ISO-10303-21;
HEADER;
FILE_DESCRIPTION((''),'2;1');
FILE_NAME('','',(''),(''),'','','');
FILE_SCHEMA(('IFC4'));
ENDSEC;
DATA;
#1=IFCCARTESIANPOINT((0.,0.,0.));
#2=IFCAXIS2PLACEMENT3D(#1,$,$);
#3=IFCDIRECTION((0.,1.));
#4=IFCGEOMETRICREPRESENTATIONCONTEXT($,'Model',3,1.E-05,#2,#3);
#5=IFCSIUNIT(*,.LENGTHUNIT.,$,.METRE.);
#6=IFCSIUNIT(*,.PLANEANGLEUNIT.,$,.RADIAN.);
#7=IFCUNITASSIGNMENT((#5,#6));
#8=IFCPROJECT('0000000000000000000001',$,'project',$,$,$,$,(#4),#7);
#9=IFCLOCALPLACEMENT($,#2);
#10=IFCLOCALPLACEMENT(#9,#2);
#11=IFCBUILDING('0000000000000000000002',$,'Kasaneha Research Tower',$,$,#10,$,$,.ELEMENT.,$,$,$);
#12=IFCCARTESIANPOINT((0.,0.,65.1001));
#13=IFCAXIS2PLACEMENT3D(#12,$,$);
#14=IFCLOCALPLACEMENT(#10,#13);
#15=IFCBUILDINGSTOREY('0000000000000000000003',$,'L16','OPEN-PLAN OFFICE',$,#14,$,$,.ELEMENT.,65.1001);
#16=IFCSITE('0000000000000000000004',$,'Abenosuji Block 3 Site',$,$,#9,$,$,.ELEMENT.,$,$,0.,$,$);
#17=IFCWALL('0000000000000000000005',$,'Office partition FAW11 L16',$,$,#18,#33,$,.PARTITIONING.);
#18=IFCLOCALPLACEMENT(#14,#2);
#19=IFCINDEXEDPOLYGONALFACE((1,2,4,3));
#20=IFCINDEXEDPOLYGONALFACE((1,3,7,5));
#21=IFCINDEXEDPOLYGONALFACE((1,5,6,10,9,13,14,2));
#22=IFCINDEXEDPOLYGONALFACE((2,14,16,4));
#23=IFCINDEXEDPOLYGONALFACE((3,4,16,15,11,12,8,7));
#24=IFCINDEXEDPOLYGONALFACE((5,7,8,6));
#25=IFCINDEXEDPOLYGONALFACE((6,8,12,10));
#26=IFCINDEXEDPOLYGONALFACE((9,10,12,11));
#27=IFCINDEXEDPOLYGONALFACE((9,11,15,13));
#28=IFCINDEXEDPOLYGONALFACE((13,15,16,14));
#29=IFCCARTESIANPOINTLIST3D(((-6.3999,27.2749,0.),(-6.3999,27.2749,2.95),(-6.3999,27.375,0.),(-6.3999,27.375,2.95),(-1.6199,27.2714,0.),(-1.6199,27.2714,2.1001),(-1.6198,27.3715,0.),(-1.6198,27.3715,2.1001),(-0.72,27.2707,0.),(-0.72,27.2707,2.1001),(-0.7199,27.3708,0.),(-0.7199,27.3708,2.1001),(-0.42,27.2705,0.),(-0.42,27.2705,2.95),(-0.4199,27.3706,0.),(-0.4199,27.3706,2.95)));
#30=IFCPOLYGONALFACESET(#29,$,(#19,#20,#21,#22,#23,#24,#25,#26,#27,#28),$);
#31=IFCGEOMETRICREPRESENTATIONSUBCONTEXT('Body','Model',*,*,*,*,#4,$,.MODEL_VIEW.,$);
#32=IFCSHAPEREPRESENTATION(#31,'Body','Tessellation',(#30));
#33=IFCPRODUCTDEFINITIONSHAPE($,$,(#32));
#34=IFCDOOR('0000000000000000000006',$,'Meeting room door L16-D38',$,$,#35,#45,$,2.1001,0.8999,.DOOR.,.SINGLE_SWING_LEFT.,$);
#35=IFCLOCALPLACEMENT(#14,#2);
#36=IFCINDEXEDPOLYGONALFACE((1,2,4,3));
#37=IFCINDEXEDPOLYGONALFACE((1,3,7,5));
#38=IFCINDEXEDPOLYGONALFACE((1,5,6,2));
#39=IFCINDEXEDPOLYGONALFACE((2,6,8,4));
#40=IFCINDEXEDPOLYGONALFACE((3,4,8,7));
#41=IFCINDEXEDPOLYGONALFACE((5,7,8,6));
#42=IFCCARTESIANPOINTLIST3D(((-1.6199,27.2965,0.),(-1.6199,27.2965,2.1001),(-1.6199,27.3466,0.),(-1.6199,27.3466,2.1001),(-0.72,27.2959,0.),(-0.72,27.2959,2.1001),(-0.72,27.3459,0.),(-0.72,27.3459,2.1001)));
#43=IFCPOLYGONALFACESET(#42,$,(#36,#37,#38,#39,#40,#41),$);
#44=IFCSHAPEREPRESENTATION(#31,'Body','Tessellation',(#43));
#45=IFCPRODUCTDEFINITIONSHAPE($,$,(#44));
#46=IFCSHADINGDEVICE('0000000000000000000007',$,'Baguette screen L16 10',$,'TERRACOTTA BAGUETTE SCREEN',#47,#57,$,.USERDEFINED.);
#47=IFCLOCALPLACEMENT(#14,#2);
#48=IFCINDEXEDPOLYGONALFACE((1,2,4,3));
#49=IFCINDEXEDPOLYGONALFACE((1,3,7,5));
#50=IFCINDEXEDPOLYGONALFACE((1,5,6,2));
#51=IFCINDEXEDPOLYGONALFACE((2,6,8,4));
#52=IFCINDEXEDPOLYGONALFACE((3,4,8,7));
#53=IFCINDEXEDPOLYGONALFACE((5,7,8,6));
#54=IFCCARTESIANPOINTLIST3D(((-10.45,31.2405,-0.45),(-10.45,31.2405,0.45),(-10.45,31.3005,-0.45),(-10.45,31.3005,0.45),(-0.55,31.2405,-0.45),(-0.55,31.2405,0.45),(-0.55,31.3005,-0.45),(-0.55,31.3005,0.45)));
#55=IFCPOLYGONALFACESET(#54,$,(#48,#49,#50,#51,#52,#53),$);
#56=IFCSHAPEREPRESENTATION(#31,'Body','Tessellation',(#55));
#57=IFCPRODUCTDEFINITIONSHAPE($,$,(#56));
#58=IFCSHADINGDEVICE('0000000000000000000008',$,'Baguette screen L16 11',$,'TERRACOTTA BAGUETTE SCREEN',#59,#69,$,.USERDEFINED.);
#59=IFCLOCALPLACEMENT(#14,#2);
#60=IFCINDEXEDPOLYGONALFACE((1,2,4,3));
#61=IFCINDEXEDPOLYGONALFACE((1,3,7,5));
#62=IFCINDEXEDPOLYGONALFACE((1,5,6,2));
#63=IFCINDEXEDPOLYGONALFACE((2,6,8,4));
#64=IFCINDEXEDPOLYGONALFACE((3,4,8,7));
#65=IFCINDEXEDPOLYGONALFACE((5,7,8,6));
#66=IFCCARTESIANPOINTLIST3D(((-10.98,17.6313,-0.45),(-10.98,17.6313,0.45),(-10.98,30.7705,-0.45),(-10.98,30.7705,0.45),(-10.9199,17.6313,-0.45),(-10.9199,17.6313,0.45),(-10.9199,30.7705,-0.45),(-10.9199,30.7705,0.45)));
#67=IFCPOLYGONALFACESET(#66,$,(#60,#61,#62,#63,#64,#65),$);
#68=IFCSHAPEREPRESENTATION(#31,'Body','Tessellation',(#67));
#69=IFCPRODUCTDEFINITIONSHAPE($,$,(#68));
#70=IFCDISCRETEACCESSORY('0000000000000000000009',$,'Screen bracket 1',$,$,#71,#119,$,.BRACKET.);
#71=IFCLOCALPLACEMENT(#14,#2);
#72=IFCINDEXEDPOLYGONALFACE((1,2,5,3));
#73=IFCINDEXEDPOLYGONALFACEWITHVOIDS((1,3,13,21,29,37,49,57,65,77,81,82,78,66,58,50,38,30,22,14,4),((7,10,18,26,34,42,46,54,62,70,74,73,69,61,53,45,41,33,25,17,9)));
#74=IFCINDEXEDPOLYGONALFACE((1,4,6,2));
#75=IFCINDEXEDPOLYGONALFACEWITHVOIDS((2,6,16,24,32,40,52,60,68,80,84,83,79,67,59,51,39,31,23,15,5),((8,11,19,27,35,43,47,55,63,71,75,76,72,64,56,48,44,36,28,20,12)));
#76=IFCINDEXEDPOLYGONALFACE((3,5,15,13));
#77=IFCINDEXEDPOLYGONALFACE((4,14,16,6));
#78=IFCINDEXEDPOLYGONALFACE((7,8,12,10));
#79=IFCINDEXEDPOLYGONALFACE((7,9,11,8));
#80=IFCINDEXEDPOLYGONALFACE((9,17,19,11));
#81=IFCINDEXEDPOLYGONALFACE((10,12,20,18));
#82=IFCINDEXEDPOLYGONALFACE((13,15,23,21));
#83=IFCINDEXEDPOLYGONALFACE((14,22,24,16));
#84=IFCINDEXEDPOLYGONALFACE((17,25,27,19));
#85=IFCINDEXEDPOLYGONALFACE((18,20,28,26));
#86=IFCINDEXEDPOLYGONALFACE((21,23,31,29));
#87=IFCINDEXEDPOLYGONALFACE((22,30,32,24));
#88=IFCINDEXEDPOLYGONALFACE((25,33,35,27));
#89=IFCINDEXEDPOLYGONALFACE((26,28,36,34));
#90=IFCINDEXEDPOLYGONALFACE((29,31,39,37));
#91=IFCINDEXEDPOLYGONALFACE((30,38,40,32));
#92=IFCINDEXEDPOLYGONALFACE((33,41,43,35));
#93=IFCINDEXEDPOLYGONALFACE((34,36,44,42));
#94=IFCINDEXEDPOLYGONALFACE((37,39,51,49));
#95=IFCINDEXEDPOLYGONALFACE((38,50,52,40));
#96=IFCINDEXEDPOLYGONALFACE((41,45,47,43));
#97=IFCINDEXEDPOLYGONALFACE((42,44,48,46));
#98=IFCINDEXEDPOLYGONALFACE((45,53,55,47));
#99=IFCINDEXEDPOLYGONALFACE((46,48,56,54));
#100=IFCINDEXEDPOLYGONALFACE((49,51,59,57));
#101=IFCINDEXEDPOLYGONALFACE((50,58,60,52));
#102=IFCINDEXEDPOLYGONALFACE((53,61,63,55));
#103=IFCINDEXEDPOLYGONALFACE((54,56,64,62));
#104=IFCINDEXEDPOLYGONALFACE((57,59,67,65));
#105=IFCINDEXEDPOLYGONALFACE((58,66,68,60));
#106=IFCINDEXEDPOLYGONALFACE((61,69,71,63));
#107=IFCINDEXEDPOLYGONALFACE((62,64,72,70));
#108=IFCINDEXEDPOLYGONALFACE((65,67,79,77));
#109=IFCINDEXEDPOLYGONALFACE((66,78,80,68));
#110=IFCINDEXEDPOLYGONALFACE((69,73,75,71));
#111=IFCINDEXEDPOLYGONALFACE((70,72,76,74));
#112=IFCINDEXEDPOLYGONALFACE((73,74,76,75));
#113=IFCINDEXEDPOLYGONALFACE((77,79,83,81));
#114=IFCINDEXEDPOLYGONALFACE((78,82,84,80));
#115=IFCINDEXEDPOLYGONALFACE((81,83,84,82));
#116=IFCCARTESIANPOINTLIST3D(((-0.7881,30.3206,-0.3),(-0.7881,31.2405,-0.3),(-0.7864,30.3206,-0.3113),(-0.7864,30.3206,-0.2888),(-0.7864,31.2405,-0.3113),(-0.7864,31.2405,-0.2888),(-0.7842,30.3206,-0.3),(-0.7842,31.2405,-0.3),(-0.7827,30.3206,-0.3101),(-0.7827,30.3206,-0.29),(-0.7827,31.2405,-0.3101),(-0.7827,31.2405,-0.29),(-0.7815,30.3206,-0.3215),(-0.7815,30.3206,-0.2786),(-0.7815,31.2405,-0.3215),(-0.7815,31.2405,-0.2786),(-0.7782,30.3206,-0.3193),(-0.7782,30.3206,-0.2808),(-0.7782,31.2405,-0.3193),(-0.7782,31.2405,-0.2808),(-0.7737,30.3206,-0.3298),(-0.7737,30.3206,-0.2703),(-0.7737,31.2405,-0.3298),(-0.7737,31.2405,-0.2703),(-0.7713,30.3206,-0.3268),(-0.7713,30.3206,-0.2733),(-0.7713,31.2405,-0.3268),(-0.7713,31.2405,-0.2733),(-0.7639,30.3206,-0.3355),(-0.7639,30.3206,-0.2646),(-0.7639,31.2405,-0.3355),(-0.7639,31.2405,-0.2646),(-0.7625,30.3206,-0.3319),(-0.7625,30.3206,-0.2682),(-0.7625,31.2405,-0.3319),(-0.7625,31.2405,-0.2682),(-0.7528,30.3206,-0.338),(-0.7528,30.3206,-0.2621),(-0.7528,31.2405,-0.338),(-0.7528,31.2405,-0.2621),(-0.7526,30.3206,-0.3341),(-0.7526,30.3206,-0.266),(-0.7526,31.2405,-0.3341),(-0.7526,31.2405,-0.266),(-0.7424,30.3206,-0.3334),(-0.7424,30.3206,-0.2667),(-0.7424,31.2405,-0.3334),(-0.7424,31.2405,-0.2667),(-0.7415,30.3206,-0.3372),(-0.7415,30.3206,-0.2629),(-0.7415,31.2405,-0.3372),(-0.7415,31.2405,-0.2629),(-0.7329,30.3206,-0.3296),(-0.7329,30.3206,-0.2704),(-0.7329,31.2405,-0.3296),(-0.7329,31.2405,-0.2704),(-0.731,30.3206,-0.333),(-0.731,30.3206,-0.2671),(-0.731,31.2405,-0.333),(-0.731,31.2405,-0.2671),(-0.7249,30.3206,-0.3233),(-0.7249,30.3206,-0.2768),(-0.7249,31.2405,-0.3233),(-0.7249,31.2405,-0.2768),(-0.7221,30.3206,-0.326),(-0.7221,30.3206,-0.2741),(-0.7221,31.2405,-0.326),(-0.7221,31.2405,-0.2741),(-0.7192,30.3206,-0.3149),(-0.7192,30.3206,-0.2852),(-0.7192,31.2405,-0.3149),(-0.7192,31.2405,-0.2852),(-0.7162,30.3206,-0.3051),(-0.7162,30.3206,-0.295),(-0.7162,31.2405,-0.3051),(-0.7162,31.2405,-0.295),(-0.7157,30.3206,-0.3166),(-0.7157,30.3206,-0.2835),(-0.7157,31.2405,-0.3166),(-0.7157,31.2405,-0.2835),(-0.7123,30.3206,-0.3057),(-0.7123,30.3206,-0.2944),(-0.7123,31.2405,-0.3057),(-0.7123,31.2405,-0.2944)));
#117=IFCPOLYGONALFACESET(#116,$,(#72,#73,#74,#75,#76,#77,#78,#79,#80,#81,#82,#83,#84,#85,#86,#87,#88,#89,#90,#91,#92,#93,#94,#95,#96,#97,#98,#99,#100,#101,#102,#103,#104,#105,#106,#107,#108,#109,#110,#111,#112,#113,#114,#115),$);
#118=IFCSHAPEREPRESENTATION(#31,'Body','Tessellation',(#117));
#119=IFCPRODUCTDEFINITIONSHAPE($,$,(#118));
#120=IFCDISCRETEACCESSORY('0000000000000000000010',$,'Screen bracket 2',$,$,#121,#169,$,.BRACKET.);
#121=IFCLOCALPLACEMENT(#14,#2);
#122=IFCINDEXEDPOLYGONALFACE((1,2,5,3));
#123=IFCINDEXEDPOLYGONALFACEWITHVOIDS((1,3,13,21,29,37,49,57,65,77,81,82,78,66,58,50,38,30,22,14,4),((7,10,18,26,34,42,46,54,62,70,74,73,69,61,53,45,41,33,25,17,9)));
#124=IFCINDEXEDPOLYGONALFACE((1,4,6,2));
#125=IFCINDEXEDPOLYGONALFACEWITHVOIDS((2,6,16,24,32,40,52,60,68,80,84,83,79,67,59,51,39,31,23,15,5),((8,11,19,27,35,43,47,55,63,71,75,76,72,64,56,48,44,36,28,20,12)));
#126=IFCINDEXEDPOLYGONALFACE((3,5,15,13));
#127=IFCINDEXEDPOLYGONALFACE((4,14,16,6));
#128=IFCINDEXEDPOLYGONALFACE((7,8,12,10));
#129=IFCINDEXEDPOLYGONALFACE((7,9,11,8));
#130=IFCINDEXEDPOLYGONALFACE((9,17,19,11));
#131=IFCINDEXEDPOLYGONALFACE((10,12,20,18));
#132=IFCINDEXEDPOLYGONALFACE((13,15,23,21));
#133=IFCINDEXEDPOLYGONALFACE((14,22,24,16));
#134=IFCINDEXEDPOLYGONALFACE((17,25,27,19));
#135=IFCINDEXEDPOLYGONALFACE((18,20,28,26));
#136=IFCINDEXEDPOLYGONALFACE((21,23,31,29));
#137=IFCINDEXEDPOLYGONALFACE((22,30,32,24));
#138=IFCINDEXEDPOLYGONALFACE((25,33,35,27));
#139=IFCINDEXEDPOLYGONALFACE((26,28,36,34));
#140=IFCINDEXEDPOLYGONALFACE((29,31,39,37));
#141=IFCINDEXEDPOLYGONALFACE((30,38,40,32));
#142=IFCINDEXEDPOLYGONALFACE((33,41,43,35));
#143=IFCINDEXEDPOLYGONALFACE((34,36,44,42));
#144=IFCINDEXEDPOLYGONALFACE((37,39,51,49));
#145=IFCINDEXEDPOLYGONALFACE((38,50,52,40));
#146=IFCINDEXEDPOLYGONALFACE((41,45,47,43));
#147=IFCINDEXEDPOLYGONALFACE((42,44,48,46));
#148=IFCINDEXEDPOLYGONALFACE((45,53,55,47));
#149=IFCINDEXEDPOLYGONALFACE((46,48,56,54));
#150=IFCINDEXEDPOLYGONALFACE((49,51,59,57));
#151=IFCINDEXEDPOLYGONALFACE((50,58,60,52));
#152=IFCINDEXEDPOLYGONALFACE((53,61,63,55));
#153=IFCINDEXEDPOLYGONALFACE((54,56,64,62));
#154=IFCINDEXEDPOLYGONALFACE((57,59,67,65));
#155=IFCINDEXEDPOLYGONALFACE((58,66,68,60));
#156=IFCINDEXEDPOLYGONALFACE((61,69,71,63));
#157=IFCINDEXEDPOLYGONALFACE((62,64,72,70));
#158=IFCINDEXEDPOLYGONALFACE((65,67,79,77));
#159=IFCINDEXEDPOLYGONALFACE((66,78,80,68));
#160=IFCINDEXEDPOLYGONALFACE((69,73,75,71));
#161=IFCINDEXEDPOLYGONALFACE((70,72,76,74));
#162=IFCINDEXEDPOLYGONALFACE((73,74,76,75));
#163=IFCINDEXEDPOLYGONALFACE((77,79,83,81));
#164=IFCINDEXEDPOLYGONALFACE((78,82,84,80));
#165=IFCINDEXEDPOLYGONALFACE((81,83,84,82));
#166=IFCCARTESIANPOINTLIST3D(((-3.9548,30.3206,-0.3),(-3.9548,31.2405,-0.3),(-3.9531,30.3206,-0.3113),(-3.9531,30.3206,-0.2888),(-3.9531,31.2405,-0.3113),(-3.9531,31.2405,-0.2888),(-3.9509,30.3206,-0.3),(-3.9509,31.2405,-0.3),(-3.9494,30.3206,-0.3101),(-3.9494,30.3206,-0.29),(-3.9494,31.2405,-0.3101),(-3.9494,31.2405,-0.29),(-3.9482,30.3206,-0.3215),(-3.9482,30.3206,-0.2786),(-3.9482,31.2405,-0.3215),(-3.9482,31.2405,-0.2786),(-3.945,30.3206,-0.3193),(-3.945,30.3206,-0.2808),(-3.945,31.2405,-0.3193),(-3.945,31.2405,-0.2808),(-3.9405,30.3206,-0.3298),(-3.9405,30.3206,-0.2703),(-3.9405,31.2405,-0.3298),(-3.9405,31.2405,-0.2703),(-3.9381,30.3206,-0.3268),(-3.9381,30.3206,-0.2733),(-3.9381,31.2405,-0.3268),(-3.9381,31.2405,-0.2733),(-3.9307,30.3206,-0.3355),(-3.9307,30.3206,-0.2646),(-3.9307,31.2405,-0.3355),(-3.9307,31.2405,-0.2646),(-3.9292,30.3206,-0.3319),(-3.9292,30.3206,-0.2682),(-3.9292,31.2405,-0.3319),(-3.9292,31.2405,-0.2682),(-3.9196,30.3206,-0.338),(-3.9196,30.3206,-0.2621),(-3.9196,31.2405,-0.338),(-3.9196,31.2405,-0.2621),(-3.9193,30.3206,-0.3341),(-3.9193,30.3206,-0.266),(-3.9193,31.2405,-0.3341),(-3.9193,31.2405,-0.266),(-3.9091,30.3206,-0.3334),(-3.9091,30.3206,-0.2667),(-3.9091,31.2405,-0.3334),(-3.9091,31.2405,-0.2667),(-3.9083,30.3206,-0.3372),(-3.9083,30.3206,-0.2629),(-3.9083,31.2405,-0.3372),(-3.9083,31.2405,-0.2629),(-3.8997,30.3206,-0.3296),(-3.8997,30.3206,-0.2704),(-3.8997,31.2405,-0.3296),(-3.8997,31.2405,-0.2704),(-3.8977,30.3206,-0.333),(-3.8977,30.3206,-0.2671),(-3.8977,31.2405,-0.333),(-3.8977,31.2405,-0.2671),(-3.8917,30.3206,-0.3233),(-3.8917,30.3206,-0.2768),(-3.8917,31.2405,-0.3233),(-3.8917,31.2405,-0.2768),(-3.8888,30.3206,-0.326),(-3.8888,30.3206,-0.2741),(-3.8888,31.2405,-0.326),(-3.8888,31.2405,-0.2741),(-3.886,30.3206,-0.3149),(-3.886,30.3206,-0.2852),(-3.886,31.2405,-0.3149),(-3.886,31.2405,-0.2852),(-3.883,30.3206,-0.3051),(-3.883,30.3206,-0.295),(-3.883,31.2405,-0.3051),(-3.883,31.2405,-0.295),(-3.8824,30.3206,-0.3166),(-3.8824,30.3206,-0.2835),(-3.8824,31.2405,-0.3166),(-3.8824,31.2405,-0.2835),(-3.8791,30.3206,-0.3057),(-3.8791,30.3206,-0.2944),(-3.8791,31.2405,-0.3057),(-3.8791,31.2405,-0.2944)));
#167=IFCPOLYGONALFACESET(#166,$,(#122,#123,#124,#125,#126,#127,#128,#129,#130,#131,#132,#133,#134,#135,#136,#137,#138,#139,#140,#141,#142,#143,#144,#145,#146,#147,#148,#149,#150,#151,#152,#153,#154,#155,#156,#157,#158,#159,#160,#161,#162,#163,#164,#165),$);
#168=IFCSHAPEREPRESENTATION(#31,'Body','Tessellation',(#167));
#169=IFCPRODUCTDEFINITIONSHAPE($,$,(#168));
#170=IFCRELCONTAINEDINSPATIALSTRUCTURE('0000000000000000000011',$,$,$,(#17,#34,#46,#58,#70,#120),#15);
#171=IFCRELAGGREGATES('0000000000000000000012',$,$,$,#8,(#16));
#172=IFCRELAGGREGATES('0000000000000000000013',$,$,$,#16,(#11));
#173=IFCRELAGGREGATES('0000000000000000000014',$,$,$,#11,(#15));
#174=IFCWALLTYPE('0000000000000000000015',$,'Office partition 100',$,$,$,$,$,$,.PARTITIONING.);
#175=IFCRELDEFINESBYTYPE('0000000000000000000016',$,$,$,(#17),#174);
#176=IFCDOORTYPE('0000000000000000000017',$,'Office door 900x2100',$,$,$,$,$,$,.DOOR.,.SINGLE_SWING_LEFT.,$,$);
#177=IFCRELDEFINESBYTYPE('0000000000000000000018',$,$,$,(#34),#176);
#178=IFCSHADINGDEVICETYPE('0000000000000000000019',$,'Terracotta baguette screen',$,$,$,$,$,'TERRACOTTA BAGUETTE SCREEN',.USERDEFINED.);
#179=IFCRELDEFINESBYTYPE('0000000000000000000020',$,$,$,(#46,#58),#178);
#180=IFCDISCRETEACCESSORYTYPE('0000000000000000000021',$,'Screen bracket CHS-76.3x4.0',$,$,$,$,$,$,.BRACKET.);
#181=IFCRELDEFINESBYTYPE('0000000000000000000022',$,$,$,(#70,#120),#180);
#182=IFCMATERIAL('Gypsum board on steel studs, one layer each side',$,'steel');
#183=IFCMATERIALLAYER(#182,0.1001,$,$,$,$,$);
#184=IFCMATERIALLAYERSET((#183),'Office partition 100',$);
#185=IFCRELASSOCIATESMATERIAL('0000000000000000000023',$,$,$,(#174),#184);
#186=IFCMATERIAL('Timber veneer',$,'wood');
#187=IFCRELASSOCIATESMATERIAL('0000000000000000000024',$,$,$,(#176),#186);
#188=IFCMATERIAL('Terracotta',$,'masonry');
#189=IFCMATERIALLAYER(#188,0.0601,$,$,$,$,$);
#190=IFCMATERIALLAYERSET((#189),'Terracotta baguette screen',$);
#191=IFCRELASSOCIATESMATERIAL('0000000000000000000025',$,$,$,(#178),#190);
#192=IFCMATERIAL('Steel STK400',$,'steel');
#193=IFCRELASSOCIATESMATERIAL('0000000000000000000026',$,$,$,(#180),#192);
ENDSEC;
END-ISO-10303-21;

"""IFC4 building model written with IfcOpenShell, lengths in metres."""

from ifc_helpers import new_model, si_unit, direction, frame, frame_2d, origin, origin_2d, place, context, subcontext, project, spatial, rectangle, hollow_circle, extrude, material, layer, layer_set, material_profile, profile_set, type_object, element, fill, save


model = new_model("IFC4")

# Units and contexts
model_context = context("Model", 3, precision=1e-05, world=origin(), true_north=direction((0.0, 1.0)))
body_context = subcontext(model_context, "Body", "Model", "MODEL_VIEW")
ifc_project = project(units=[si_unit("LENGTHUNIT", "METRE"), si_unit("PLANEANGLEUNIT", "RADIAN")], contexts=[model_context])

# Site, building, storey
site_placement = place(None, origin())
site = spatial("IfcSite", under=ifc_project, at=site_placement, Name="Abenosuji Block 3 Site", CompositionType="ELEMENT", RefElevation=0.0)
building_placement = place(site_placement, origin())
building = spatial("IfcBuilding", under=site, at=building_placement, Name="Kasaneha Research Tower", CompositionType="ELEMENT")
storey_placement = place(building_placement, frame((0.0, 0.0, 65.1001)))
storey = spatial("IfcBuildingStorey", under=building, at=storey_placement, Name="L16", Description="OPEN-PLAN OFFICE", CompositionType="ELEMENT", Elevation=65.1001)

# Shared definitions
ifc_material_1 = material(Name="Gypsum board on steel studs, one layer each side", Category="steel")
ifc_layer_1 = layer(ifc_material_1, 0.1001)
ifc_layer_set_1 = layer_set([ifc_layer_1], Name="Office partition 100")
wall_type = type_object("IfcWallType", Name="Office partition 100", PredefinedType="PARTITIONING", material=ifc_layer_set_1)

# Wall, opening, door
ifc_material_2 = material(Name="Timber veneer", Category="wood")
door_type = type_object("IfcDoorType", Name="Office door 900x2100", OperationType="SINGLE_SWING_LEFT", PredefinedType="DOOR", material=ifc_material_2)
wall_1_placement = place(storey_placement, frame((-0.4199, 27.3206, 0.0), z_axis=(0.0, 0.0, 1.0), x_axis=(-1.0, 0.000735, 0.0)))
wall_1 = element("IfcWall", 1, at=wall_1_placement, inside=storey, type_object=wall_type, Name="Office partition FAW11 L16", PredefinedType="PARTITIONING", context=body_context, shape_type="SweptSolid", body=[
    extrude(rectangle(XDim=5.98, YDim=0.1001, at=frame_2d((2.99, 0.0))), origin(), (0.0, 0.0, 1.0), 2.95),
])
opening_1_placement = place(wall_1_placement, frame((0.3, 0.0, 0.0)))
opening_1 = element("IfcOpeningElement", 2, at=opening_1_placement, cuts=wall_1, PredefinedType="OPENING", context=body_context, shape_type="SweptSolid", body=[
    extrude(rectangle(XDim=0.8999, YDim=2.1001, at=frame_2d((0.45, 1.05))), frame((0.0, 0.0601, 0.0), z_axis=(0.0, -1.0, 0.0), x_axis=(1.0, 0.0, 0.0)), (0.0, 0.0, 1.0), 0.1201),
])
door_1_placement = place(opening_1_placement, origin())
door_1 = element("IfcDoor", 3, at=door_1_placement, inside=storey, type_object=door_type, Name="Meeting room door L16-D38", OperationType="SINGLE_SWING_LEFT", OverallHeight=2.1001, OverallWidth=0.8999, PredefinedType="DOOR", context=body_context, shape_type="SweptSolid", body=[
    extrude(rectangle(XDim=0.8999, YDim=2.1001, at=frame_2d((0.45, 1.05))), frame((0.0, 0.0249, 0.0), z_axis=(0.0, -1.0, 0.0), x_axis=(1.0, 0.0, 0.0)), (0.0, 0.0, 1.0), 0.05),
])
fill(opening_1, door_1)

# Shading devices
ifc_material_3 = material(Name="Terracotta", Category="masonry")
ifc_layer_2 = layer(ifc_material_3, 0.0601)
ifc_layer_set_2 = layer_set([ifc_layer_2], Name="Terracotta baguette screen")
shading_device_type = type_object("IfcShadingDeviceType", Name="Terracotta baguette screen", ElementType="TERRACOTTA BAGUETTE SCREEN", PredefinedType="USERDEFINED", material=ifc_layer_set_2)
shading_device_1_placement = place(storey_placement, frame((-5.5, 31.2705, -0.45), z_axis=(0.0, 0.0, 1.0), x_axis=(-1.0, 0.0, 0.0)))
element("IfcShadingDevice", 4, at=shading_device_1_placement, inside=storey, type_object=shading_device_type, Name="Baguette screen L16 10", ObjectType="TERRACOTTA BAGUETTE SCREEN", PredefinedType="USERDEFINED", context=body_context, shape_type="SweptSolid", body=[
    extrude(rectangle(XDim=9.8999, YDim=0.0601, at=origin_2d()), origin(), (0.0, 0.0, 1.0), 0.8999),
])
shading_device_2_placement = place(storey_placement, frame((-10.95, 24.2009, -0.45), z_axis=(0.0, 0.0, 1.0), x_axis=(0.0, -1.0, 0.0)))
element("IfcShadingDevice", 5, at=shading_device_2_placement, inside=storey, type_object=shading_device_type, Name="Baguette screen L16 11", ObjectType="TERRACOTTA BAGUETTE SCREEN", PredefinedType="USERDEFINED", context=body_context, shape_type="SweptSolid", body=[
    extrude(rectangle(XDim=13.1392, YDim=0.0601, at=origin_2d()), origin(), (0.0, 0.0, 1.0), 0.8999),
])

# Discrete accessories
ifc_material_4 = material(Name="Steel STK400", Category="steel")
ifc_material_profile_1 = material_profile(ifc_material_4, hollow_circle(Radius=0.0381, WallThickness=0.0039, at=origin_2d()), Name="CHS-76.3x4.0")
ifc_profile_set_1 = profile_set([ifc_material_profile_1], Name="Steel STK400")
discrete_accessory_type = type_object("IfcDiscreteAccessoryType", Name="Screen bracket CHS-76.3x4.0", PredefinedType="BRACKET", material=ifc_profile_set_1)
for number, where, z_axis, x_axis, name in (
    (6, (-0.75, 30.3206, -0.3), (0.0, 1.0, 0.0), (-1.0, 0.0, 0.0), "Screen bracket 1"),
    (7, (-3.9167, 30.3206, -0.3), (0.0, 1.0, 0.0), (-1.0, 0.0, 0.0), "Screen bracket 2"),
):
    element("IfcDiscreteAccessory", number, at=place(storey_placement, frame(where, z_axis=z_axis, x_axis=x_axis)), inside=storey, type_object=discrete_accessory_type, Name=name, PredefinedType="BRACKET", context=body_context, shape_type="SweptSolid", body=[
        extrude(hollow_circle(Radius=0.0381, WallThickness=0.0039, at=origin_2d()), origin(), (0.0, 0.0, 1.0), 0.9199),
    ])

save(model, "model.ifc")
